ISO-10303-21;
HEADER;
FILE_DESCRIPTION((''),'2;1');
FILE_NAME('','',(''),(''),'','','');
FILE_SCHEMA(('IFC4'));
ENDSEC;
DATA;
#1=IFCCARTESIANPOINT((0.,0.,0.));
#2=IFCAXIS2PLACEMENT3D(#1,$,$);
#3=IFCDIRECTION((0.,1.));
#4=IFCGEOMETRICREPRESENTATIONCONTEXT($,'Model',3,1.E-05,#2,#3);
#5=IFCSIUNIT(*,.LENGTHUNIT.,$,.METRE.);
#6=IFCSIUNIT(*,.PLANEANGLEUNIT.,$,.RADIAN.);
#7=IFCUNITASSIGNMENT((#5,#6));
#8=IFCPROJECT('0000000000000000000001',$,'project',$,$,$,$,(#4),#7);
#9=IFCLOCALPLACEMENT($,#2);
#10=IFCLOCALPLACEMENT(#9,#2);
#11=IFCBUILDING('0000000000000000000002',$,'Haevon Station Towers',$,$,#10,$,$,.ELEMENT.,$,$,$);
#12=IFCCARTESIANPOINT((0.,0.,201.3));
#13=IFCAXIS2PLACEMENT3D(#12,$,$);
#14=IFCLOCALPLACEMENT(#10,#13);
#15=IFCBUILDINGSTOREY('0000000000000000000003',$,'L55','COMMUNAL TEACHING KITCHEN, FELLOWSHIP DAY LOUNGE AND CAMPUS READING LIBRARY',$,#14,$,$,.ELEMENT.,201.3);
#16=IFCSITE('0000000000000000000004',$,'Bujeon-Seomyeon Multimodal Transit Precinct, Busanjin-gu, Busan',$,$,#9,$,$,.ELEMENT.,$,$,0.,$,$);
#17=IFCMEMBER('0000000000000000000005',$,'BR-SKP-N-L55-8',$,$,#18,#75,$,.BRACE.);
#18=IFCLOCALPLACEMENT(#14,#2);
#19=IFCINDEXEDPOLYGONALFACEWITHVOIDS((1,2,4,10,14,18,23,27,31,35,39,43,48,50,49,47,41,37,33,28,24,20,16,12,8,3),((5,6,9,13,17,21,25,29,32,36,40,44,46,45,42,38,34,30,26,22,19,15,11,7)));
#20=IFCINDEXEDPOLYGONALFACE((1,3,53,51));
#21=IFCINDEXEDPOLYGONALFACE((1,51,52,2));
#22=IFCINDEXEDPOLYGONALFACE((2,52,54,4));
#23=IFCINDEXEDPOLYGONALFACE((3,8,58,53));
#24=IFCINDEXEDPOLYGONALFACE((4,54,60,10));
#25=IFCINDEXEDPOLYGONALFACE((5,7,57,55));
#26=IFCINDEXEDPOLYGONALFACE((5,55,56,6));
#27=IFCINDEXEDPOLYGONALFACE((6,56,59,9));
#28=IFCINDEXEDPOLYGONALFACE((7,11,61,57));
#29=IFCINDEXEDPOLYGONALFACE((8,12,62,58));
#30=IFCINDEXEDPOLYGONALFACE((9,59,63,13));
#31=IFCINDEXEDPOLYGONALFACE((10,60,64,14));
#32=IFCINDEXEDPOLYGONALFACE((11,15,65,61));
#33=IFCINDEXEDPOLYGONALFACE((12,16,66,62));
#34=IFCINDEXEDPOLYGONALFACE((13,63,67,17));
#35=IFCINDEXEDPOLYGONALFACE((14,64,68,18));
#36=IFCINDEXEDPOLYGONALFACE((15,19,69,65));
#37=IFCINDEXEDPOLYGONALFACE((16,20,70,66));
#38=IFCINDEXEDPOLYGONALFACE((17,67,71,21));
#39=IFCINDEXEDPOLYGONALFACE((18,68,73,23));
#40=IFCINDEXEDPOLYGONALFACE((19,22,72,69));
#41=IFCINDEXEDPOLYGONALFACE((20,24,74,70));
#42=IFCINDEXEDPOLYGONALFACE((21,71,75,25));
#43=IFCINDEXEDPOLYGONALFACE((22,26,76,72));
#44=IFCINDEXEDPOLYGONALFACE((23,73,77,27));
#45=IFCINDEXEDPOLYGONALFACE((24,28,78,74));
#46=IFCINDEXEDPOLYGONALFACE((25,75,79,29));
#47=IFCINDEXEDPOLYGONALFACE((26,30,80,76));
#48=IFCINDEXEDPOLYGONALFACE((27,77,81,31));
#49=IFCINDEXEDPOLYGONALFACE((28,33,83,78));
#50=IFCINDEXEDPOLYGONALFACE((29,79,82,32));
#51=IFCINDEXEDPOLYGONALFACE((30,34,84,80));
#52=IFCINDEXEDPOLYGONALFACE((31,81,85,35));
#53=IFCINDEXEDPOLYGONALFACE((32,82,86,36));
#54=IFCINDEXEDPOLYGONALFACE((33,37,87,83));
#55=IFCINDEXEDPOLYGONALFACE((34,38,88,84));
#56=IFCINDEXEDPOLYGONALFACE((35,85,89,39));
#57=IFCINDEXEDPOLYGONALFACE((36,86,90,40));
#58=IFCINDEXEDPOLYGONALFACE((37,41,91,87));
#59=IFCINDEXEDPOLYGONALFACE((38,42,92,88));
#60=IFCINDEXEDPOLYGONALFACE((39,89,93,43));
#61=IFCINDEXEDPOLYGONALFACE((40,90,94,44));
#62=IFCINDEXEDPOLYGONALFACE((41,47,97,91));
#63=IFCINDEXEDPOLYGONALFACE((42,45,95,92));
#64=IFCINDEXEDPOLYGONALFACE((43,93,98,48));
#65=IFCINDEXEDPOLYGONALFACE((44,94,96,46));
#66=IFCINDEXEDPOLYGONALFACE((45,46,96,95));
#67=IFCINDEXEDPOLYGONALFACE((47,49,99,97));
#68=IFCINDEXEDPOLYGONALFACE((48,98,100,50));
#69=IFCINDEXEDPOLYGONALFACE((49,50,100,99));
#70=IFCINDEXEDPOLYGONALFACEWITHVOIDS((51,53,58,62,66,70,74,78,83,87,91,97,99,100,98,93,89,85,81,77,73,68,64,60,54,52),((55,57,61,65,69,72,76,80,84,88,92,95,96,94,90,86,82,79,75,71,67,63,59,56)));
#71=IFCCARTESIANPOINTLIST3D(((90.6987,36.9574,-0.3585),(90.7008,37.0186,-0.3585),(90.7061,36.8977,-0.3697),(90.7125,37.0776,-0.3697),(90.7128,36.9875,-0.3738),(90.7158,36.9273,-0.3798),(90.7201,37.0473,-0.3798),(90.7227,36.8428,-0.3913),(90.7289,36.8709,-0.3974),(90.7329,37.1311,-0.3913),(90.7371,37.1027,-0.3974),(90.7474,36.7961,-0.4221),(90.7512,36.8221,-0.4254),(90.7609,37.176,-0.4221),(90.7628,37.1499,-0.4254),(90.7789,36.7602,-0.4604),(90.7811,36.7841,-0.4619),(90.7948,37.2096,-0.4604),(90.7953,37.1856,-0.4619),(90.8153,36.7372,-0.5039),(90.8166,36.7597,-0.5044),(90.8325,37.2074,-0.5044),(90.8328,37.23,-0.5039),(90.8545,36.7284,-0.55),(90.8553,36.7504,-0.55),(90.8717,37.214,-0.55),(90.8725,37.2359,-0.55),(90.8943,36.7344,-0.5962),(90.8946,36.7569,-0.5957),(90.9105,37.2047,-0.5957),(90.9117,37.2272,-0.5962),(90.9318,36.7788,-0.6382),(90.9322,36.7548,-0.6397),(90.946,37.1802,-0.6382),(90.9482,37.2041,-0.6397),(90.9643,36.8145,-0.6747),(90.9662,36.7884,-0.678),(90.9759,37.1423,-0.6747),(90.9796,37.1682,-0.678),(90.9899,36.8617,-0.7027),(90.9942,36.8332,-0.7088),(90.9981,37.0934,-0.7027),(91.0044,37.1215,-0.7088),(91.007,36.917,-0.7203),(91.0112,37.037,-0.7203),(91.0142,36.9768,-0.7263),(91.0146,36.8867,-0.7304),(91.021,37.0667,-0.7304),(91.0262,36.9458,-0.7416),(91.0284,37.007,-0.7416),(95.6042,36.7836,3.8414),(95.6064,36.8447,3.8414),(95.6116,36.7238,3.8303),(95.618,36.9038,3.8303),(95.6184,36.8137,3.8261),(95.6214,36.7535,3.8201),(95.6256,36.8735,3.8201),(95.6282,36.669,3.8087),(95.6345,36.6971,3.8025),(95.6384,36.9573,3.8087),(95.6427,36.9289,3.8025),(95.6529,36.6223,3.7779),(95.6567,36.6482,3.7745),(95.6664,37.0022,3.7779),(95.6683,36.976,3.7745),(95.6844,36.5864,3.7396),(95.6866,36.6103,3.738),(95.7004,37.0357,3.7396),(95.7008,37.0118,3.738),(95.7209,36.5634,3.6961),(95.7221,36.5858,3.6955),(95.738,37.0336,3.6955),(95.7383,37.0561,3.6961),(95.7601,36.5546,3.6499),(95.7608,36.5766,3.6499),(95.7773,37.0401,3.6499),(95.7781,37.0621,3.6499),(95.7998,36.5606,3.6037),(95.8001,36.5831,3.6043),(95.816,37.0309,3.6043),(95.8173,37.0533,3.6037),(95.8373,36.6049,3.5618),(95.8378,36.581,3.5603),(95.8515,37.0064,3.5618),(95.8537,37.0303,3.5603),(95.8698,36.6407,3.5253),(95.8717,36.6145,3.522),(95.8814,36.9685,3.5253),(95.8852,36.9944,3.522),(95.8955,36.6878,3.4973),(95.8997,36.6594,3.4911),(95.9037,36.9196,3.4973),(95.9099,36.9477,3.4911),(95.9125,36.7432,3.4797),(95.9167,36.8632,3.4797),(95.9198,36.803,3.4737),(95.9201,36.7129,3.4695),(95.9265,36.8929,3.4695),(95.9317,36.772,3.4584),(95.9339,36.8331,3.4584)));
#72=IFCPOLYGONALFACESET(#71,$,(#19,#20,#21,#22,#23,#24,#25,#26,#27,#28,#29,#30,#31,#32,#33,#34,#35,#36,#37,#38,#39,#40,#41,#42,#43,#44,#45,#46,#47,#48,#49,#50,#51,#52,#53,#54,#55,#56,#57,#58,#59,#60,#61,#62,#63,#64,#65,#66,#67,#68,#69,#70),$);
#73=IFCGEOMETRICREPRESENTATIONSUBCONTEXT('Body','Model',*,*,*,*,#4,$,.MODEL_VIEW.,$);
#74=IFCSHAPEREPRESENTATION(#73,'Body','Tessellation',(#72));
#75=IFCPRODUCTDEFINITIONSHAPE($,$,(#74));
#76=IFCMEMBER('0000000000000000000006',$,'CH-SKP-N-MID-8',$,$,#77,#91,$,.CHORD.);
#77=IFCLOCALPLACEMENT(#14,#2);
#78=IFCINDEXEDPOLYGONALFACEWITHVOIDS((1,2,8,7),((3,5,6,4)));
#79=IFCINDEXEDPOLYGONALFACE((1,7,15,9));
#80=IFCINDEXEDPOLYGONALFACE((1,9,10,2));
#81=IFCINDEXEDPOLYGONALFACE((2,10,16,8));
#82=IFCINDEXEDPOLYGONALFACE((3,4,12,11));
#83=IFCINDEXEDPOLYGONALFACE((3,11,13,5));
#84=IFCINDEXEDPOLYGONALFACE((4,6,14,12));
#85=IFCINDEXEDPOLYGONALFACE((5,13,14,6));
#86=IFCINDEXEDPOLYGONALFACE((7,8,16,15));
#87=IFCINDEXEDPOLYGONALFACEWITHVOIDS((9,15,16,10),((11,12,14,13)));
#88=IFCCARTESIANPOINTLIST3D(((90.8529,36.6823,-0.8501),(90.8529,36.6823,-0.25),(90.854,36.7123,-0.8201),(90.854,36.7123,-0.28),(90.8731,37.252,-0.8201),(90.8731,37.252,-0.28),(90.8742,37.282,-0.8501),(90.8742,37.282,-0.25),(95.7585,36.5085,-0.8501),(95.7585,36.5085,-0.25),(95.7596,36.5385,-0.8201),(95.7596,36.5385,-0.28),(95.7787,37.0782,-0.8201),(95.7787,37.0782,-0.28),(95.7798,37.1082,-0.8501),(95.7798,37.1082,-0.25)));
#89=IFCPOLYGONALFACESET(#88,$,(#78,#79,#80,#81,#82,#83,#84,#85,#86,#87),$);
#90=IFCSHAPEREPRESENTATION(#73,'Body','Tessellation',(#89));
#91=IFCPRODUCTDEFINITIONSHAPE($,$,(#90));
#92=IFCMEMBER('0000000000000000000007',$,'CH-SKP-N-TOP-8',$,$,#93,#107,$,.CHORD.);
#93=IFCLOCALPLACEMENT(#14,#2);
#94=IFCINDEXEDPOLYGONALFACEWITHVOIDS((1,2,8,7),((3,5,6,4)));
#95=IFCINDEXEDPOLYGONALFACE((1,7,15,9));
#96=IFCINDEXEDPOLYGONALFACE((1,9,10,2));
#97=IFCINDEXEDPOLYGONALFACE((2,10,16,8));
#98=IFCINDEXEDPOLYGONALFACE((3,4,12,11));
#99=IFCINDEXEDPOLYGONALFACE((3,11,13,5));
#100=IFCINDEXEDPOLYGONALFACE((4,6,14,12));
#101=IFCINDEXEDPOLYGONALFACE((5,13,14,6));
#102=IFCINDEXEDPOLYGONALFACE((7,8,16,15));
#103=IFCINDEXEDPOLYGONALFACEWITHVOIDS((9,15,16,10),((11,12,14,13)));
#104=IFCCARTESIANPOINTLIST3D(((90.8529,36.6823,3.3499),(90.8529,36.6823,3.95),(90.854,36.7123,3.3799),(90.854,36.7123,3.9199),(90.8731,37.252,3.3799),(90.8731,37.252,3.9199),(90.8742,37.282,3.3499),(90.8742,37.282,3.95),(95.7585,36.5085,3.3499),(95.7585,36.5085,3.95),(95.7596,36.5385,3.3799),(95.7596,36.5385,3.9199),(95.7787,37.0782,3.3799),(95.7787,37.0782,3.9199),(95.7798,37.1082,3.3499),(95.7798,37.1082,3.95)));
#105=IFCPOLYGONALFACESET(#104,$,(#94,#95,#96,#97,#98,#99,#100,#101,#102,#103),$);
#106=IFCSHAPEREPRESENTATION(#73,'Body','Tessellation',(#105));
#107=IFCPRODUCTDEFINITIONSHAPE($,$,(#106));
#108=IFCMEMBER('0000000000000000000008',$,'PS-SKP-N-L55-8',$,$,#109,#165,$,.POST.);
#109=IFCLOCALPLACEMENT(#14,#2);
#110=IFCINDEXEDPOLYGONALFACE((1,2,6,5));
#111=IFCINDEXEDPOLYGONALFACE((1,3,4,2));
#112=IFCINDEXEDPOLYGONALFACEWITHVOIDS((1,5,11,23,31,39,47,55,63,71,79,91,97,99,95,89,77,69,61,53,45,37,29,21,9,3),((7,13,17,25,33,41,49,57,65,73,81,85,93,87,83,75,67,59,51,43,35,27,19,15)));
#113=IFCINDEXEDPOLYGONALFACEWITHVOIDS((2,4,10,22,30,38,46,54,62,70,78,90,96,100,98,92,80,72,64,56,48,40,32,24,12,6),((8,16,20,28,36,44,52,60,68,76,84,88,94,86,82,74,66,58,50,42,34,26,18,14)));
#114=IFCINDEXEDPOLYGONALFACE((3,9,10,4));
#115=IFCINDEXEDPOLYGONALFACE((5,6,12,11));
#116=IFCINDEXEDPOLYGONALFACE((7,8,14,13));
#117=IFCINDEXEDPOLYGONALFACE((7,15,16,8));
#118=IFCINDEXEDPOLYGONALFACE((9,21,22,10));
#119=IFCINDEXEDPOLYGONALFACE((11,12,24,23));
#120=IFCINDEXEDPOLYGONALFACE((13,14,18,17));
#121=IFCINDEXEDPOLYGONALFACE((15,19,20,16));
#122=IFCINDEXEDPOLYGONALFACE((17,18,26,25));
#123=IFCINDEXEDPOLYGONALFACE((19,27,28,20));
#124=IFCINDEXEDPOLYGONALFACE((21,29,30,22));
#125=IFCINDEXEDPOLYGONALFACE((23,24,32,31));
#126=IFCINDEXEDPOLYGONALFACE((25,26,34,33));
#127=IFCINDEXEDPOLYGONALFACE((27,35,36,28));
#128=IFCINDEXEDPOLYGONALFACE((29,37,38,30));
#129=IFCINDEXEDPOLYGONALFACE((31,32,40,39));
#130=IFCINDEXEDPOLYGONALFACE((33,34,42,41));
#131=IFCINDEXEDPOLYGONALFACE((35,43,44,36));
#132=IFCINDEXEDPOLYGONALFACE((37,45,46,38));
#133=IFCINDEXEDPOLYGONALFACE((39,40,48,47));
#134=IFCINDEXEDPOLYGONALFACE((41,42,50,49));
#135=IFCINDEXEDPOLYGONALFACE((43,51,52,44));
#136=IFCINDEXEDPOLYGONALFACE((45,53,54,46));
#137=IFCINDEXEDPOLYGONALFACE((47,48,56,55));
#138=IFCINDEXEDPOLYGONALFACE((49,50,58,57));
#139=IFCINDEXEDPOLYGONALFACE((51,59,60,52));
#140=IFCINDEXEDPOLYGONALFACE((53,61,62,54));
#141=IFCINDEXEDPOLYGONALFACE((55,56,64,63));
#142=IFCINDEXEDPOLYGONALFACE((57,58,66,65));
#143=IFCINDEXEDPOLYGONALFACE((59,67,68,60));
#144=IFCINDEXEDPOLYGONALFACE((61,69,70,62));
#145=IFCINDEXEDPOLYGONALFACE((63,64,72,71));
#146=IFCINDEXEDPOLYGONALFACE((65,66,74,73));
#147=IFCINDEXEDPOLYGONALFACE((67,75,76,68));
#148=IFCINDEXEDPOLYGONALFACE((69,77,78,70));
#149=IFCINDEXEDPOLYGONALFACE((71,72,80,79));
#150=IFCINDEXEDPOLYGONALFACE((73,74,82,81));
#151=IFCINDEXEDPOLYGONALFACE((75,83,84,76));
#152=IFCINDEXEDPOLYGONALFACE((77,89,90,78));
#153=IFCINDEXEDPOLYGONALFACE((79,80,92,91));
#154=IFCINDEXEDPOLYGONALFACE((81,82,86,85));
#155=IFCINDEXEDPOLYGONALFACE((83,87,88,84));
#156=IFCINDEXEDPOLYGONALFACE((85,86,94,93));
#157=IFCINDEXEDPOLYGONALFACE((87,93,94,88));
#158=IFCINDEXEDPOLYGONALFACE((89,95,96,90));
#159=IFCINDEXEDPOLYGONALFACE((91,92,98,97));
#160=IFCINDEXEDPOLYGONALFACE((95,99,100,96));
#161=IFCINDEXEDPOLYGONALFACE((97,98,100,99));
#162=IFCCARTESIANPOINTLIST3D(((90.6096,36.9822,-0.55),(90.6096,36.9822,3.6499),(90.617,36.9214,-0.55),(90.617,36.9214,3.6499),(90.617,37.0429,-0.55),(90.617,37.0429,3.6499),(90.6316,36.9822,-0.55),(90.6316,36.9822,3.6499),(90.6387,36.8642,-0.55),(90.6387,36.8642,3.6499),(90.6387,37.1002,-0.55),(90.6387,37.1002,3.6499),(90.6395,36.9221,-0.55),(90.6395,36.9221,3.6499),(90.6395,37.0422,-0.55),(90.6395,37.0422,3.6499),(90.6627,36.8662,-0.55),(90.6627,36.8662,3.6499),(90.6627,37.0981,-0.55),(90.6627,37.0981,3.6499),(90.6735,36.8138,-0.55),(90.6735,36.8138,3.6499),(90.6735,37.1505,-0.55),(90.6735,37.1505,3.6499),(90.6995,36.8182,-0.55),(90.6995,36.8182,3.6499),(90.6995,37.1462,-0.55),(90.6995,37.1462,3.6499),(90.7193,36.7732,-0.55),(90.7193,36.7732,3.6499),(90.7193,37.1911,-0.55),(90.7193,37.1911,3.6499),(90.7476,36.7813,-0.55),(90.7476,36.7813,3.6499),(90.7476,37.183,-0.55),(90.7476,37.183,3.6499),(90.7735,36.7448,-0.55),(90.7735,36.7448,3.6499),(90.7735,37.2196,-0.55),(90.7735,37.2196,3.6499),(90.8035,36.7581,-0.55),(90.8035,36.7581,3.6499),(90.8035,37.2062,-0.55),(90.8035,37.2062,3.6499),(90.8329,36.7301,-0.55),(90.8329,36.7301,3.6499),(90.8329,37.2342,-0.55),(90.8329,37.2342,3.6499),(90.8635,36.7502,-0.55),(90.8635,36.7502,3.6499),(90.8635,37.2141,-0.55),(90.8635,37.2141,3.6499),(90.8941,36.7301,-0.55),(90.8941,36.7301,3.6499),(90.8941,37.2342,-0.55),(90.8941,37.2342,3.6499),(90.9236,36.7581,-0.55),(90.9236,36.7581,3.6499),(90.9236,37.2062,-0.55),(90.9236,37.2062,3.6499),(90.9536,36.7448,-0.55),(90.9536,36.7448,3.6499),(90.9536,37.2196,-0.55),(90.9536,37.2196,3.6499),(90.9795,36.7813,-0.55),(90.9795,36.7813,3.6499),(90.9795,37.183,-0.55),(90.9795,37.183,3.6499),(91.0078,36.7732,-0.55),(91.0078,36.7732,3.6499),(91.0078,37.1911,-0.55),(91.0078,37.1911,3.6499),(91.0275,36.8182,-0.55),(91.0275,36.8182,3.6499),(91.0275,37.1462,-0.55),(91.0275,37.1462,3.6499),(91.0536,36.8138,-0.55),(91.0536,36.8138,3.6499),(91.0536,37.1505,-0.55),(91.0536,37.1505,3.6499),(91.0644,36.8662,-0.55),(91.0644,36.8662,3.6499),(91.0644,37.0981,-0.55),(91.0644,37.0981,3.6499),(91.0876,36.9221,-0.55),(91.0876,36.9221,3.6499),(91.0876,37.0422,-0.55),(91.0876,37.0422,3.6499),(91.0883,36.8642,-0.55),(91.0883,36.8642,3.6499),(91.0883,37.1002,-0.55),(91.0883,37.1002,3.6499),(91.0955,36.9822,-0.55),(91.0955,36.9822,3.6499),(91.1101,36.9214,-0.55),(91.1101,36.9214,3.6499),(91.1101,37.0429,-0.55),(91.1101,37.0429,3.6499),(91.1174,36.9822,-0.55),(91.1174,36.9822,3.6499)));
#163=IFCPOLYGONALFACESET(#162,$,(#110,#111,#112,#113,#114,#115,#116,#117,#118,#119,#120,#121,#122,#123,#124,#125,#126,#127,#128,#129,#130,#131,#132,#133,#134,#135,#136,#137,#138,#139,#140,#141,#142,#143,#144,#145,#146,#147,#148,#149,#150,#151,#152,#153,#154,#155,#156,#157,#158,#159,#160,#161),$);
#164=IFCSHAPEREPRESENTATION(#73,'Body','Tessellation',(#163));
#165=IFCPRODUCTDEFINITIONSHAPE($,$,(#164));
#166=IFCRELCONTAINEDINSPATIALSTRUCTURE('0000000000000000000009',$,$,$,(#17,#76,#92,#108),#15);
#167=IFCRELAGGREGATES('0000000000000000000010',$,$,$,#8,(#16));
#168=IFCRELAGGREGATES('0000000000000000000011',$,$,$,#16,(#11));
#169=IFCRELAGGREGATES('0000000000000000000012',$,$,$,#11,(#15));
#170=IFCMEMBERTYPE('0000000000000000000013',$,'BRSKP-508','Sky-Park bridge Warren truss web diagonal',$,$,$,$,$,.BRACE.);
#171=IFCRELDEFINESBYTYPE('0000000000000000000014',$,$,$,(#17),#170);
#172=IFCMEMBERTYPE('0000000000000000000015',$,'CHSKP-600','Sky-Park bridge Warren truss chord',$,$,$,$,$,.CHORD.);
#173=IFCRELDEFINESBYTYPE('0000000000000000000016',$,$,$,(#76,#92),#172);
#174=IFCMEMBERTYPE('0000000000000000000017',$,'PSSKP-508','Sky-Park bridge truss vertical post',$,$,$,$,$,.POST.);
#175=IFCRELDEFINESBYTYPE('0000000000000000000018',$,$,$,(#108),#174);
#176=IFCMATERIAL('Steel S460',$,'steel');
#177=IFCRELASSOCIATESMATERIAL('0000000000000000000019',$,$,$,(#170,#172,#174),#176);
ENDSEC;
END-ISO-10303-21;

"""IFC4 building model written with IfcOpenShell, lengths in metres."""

from ifc_helpers import new_model, si_unit, direction, frame, origin, origin_2d, place, context, subcontext, project, spatial, hollow_rectangle, hollow_circle, extrude, material, material_profile, profile_set, type_object, element, save


model = new_model("IFC4")

# Units and contexts
model_context = context("Model", 3, precision=1e-05, world=origin(), true_north=direction((0.0, 1.0)))
body_context = subcontext(model_context, "Body", "Model", "MODEL_VIEW")
ifc_project = project(units=[si_unit("LENGTHUNIT", "METRE"), si_unit("PLANEANGLEUNIT", "RADIAN")], contexts=[model_context])

# Site, building, storey
site_placement = place(None, origin())
site = spatial("IfcSite", under=ifc_project, at=site_placement, Name="Bujeon-Seomyeon Multimodal Transit Precinct, Busanjin-gu, Busan", CompositionType="ELEMENT", RefElevation=0.0)
building_placement = place(site_placement, origin())
building = spatial("IfcBuilding", under=site, at=building_placement, Name="Haevon Station Towers", CompositionType="ELEMENT")
storey_placement = place(building_placement, frame((0.0, 0.0, 201.3)))
storey = spatial("IfcBuildingStorey", under=building, at=storey_placement, Name="L55", Description="COMMUNAL TEACHING KITCHEN, FELLOWSHIP DAY LOUNGE AND CAMPUS READING LIBRARY", CompositionType="ELEMENT", Elevation=201.3)

# Members
ifc_material_1 = material(Name="Steel S460", Category="steel")
ifc_material_profile_1 = material_profile(ifc_material_1, hollow_circle(Radius=0.2539, WallThickness=0.022, at=origin_2d()), Name="CHS-508x22")
ifc_profile_set_1 = profile_set([ifc_material_profile_1], Name="Steel S460")
member_type_1 = type_object("IfcMemberType", Name="BRSKP-508", Description="Sky-Park bridge Warren truss web diagonal", PredefinedType="BRACE", material=ifc_profile_set_1)
member_1_placement = place(storey_placement, frame((90.8635, 36.9822, -0.55), z_axis=(0.759347, -0.026908, 0.650129), x_axis=(0.035413, 0.999373, 0.0)))
element("IfcMember", 1, at=member_1_placement, inside=storey, type_object=member_type_1, Name="BR-SKP-N-L55-8", PredefinedType="BRACE", context=body_context, shape_type="SweptSolid", body=[
    extrude(hollow_circle(Radius=0.2539, WallThickness=0.022, at=origin_2d()), origin(), (0.0, 0.0, 1.0), 6.4602),
])
ifc_material_profile_2 = material_profile(ifc_material_1, hollow_rectangle(XDim=0.6001, YDim=0.6001, WallThickness=0.03, at=origin_2d()), Name="RHS-600x600x30")
ifc_profile_set_2 = profile_set([ifc_material_profile_2], Name="Steel S460")
member_type_2 = type_object("IfcMemberType", Name="CHSKP-600", Description="Sky-Park bridge Warren truss chord", PredefinedType="CHORD", material=ifc_profile_set_2)
for number, where, z_axis, x_axis, name in (
    (2, (90.8635, 36.9822, -0.55), (0.999373, -0.035413, 0.0), (0.035413, 0.999373, 0.0), "CH-SKP-N-MID-8"),
    (3, (90.8635, 36.9822, 3.6499), (0.999373, -0.035413, 0.0), (0.035413, 0.999373, 0.0), "CH-SKP-N-TOP-8"),
):
    element("IfcMember", number, at=place(storey_placement, frame(where, z_axis=z_axis, x_axis=x_axis)), inside=storey, type_object=member_type_2, Name=name, PredefinedType="CHORD", context=body_context, shape_type="SweptSolid", body=[
        extrude(hollow_rectangle(XDim=0.6001, YDim=0.6001, WallThickness=0.03, at=origin_2d()), origin(), (0.0, 0.0, 1.0), 4.9087),
    ])
ifc_material_profile_3 = material_profile(ifc_material_1, hollow_circle(Radius=0.2539, WallThickness=0.022, at=origin_2d()), Name="CHS-508x22")
ifc_profile_set_3 = profile_set([ifc_material_profile_3], Name="Steel S460")
member_type_3 = type_object("IfcMemberType", Name="PSSKP-508", Description="Sky-Park bridge truss vertical post", PredefinedType="POST", material=ifc_profile_set_3)
for number, where, z_axis, x_axis, name in (
    (4, (90.8635, 36.9822, -0.55), (0.0, 0.0, 1.0), (1.0, 0.0, 0.0), "PS-SKP-N-L55-8"),
):
    element("IfcMember", number, at=place(storey_placement, frame(where, z_axis=z_axis, x_axis=x_axis)), inside=storey, type_object=member_type_3, Name=name, PredefinedType="POST", context=body_context, shape_type="SweptSolid", body=[
        extrude(hollow_circle(Radius=0.2539, WallThickness=0.022, at=origin_2d()), origin(), (0.0, 0.0, 1.0), 4.2),
    ])

save(model, "model.ifc")
